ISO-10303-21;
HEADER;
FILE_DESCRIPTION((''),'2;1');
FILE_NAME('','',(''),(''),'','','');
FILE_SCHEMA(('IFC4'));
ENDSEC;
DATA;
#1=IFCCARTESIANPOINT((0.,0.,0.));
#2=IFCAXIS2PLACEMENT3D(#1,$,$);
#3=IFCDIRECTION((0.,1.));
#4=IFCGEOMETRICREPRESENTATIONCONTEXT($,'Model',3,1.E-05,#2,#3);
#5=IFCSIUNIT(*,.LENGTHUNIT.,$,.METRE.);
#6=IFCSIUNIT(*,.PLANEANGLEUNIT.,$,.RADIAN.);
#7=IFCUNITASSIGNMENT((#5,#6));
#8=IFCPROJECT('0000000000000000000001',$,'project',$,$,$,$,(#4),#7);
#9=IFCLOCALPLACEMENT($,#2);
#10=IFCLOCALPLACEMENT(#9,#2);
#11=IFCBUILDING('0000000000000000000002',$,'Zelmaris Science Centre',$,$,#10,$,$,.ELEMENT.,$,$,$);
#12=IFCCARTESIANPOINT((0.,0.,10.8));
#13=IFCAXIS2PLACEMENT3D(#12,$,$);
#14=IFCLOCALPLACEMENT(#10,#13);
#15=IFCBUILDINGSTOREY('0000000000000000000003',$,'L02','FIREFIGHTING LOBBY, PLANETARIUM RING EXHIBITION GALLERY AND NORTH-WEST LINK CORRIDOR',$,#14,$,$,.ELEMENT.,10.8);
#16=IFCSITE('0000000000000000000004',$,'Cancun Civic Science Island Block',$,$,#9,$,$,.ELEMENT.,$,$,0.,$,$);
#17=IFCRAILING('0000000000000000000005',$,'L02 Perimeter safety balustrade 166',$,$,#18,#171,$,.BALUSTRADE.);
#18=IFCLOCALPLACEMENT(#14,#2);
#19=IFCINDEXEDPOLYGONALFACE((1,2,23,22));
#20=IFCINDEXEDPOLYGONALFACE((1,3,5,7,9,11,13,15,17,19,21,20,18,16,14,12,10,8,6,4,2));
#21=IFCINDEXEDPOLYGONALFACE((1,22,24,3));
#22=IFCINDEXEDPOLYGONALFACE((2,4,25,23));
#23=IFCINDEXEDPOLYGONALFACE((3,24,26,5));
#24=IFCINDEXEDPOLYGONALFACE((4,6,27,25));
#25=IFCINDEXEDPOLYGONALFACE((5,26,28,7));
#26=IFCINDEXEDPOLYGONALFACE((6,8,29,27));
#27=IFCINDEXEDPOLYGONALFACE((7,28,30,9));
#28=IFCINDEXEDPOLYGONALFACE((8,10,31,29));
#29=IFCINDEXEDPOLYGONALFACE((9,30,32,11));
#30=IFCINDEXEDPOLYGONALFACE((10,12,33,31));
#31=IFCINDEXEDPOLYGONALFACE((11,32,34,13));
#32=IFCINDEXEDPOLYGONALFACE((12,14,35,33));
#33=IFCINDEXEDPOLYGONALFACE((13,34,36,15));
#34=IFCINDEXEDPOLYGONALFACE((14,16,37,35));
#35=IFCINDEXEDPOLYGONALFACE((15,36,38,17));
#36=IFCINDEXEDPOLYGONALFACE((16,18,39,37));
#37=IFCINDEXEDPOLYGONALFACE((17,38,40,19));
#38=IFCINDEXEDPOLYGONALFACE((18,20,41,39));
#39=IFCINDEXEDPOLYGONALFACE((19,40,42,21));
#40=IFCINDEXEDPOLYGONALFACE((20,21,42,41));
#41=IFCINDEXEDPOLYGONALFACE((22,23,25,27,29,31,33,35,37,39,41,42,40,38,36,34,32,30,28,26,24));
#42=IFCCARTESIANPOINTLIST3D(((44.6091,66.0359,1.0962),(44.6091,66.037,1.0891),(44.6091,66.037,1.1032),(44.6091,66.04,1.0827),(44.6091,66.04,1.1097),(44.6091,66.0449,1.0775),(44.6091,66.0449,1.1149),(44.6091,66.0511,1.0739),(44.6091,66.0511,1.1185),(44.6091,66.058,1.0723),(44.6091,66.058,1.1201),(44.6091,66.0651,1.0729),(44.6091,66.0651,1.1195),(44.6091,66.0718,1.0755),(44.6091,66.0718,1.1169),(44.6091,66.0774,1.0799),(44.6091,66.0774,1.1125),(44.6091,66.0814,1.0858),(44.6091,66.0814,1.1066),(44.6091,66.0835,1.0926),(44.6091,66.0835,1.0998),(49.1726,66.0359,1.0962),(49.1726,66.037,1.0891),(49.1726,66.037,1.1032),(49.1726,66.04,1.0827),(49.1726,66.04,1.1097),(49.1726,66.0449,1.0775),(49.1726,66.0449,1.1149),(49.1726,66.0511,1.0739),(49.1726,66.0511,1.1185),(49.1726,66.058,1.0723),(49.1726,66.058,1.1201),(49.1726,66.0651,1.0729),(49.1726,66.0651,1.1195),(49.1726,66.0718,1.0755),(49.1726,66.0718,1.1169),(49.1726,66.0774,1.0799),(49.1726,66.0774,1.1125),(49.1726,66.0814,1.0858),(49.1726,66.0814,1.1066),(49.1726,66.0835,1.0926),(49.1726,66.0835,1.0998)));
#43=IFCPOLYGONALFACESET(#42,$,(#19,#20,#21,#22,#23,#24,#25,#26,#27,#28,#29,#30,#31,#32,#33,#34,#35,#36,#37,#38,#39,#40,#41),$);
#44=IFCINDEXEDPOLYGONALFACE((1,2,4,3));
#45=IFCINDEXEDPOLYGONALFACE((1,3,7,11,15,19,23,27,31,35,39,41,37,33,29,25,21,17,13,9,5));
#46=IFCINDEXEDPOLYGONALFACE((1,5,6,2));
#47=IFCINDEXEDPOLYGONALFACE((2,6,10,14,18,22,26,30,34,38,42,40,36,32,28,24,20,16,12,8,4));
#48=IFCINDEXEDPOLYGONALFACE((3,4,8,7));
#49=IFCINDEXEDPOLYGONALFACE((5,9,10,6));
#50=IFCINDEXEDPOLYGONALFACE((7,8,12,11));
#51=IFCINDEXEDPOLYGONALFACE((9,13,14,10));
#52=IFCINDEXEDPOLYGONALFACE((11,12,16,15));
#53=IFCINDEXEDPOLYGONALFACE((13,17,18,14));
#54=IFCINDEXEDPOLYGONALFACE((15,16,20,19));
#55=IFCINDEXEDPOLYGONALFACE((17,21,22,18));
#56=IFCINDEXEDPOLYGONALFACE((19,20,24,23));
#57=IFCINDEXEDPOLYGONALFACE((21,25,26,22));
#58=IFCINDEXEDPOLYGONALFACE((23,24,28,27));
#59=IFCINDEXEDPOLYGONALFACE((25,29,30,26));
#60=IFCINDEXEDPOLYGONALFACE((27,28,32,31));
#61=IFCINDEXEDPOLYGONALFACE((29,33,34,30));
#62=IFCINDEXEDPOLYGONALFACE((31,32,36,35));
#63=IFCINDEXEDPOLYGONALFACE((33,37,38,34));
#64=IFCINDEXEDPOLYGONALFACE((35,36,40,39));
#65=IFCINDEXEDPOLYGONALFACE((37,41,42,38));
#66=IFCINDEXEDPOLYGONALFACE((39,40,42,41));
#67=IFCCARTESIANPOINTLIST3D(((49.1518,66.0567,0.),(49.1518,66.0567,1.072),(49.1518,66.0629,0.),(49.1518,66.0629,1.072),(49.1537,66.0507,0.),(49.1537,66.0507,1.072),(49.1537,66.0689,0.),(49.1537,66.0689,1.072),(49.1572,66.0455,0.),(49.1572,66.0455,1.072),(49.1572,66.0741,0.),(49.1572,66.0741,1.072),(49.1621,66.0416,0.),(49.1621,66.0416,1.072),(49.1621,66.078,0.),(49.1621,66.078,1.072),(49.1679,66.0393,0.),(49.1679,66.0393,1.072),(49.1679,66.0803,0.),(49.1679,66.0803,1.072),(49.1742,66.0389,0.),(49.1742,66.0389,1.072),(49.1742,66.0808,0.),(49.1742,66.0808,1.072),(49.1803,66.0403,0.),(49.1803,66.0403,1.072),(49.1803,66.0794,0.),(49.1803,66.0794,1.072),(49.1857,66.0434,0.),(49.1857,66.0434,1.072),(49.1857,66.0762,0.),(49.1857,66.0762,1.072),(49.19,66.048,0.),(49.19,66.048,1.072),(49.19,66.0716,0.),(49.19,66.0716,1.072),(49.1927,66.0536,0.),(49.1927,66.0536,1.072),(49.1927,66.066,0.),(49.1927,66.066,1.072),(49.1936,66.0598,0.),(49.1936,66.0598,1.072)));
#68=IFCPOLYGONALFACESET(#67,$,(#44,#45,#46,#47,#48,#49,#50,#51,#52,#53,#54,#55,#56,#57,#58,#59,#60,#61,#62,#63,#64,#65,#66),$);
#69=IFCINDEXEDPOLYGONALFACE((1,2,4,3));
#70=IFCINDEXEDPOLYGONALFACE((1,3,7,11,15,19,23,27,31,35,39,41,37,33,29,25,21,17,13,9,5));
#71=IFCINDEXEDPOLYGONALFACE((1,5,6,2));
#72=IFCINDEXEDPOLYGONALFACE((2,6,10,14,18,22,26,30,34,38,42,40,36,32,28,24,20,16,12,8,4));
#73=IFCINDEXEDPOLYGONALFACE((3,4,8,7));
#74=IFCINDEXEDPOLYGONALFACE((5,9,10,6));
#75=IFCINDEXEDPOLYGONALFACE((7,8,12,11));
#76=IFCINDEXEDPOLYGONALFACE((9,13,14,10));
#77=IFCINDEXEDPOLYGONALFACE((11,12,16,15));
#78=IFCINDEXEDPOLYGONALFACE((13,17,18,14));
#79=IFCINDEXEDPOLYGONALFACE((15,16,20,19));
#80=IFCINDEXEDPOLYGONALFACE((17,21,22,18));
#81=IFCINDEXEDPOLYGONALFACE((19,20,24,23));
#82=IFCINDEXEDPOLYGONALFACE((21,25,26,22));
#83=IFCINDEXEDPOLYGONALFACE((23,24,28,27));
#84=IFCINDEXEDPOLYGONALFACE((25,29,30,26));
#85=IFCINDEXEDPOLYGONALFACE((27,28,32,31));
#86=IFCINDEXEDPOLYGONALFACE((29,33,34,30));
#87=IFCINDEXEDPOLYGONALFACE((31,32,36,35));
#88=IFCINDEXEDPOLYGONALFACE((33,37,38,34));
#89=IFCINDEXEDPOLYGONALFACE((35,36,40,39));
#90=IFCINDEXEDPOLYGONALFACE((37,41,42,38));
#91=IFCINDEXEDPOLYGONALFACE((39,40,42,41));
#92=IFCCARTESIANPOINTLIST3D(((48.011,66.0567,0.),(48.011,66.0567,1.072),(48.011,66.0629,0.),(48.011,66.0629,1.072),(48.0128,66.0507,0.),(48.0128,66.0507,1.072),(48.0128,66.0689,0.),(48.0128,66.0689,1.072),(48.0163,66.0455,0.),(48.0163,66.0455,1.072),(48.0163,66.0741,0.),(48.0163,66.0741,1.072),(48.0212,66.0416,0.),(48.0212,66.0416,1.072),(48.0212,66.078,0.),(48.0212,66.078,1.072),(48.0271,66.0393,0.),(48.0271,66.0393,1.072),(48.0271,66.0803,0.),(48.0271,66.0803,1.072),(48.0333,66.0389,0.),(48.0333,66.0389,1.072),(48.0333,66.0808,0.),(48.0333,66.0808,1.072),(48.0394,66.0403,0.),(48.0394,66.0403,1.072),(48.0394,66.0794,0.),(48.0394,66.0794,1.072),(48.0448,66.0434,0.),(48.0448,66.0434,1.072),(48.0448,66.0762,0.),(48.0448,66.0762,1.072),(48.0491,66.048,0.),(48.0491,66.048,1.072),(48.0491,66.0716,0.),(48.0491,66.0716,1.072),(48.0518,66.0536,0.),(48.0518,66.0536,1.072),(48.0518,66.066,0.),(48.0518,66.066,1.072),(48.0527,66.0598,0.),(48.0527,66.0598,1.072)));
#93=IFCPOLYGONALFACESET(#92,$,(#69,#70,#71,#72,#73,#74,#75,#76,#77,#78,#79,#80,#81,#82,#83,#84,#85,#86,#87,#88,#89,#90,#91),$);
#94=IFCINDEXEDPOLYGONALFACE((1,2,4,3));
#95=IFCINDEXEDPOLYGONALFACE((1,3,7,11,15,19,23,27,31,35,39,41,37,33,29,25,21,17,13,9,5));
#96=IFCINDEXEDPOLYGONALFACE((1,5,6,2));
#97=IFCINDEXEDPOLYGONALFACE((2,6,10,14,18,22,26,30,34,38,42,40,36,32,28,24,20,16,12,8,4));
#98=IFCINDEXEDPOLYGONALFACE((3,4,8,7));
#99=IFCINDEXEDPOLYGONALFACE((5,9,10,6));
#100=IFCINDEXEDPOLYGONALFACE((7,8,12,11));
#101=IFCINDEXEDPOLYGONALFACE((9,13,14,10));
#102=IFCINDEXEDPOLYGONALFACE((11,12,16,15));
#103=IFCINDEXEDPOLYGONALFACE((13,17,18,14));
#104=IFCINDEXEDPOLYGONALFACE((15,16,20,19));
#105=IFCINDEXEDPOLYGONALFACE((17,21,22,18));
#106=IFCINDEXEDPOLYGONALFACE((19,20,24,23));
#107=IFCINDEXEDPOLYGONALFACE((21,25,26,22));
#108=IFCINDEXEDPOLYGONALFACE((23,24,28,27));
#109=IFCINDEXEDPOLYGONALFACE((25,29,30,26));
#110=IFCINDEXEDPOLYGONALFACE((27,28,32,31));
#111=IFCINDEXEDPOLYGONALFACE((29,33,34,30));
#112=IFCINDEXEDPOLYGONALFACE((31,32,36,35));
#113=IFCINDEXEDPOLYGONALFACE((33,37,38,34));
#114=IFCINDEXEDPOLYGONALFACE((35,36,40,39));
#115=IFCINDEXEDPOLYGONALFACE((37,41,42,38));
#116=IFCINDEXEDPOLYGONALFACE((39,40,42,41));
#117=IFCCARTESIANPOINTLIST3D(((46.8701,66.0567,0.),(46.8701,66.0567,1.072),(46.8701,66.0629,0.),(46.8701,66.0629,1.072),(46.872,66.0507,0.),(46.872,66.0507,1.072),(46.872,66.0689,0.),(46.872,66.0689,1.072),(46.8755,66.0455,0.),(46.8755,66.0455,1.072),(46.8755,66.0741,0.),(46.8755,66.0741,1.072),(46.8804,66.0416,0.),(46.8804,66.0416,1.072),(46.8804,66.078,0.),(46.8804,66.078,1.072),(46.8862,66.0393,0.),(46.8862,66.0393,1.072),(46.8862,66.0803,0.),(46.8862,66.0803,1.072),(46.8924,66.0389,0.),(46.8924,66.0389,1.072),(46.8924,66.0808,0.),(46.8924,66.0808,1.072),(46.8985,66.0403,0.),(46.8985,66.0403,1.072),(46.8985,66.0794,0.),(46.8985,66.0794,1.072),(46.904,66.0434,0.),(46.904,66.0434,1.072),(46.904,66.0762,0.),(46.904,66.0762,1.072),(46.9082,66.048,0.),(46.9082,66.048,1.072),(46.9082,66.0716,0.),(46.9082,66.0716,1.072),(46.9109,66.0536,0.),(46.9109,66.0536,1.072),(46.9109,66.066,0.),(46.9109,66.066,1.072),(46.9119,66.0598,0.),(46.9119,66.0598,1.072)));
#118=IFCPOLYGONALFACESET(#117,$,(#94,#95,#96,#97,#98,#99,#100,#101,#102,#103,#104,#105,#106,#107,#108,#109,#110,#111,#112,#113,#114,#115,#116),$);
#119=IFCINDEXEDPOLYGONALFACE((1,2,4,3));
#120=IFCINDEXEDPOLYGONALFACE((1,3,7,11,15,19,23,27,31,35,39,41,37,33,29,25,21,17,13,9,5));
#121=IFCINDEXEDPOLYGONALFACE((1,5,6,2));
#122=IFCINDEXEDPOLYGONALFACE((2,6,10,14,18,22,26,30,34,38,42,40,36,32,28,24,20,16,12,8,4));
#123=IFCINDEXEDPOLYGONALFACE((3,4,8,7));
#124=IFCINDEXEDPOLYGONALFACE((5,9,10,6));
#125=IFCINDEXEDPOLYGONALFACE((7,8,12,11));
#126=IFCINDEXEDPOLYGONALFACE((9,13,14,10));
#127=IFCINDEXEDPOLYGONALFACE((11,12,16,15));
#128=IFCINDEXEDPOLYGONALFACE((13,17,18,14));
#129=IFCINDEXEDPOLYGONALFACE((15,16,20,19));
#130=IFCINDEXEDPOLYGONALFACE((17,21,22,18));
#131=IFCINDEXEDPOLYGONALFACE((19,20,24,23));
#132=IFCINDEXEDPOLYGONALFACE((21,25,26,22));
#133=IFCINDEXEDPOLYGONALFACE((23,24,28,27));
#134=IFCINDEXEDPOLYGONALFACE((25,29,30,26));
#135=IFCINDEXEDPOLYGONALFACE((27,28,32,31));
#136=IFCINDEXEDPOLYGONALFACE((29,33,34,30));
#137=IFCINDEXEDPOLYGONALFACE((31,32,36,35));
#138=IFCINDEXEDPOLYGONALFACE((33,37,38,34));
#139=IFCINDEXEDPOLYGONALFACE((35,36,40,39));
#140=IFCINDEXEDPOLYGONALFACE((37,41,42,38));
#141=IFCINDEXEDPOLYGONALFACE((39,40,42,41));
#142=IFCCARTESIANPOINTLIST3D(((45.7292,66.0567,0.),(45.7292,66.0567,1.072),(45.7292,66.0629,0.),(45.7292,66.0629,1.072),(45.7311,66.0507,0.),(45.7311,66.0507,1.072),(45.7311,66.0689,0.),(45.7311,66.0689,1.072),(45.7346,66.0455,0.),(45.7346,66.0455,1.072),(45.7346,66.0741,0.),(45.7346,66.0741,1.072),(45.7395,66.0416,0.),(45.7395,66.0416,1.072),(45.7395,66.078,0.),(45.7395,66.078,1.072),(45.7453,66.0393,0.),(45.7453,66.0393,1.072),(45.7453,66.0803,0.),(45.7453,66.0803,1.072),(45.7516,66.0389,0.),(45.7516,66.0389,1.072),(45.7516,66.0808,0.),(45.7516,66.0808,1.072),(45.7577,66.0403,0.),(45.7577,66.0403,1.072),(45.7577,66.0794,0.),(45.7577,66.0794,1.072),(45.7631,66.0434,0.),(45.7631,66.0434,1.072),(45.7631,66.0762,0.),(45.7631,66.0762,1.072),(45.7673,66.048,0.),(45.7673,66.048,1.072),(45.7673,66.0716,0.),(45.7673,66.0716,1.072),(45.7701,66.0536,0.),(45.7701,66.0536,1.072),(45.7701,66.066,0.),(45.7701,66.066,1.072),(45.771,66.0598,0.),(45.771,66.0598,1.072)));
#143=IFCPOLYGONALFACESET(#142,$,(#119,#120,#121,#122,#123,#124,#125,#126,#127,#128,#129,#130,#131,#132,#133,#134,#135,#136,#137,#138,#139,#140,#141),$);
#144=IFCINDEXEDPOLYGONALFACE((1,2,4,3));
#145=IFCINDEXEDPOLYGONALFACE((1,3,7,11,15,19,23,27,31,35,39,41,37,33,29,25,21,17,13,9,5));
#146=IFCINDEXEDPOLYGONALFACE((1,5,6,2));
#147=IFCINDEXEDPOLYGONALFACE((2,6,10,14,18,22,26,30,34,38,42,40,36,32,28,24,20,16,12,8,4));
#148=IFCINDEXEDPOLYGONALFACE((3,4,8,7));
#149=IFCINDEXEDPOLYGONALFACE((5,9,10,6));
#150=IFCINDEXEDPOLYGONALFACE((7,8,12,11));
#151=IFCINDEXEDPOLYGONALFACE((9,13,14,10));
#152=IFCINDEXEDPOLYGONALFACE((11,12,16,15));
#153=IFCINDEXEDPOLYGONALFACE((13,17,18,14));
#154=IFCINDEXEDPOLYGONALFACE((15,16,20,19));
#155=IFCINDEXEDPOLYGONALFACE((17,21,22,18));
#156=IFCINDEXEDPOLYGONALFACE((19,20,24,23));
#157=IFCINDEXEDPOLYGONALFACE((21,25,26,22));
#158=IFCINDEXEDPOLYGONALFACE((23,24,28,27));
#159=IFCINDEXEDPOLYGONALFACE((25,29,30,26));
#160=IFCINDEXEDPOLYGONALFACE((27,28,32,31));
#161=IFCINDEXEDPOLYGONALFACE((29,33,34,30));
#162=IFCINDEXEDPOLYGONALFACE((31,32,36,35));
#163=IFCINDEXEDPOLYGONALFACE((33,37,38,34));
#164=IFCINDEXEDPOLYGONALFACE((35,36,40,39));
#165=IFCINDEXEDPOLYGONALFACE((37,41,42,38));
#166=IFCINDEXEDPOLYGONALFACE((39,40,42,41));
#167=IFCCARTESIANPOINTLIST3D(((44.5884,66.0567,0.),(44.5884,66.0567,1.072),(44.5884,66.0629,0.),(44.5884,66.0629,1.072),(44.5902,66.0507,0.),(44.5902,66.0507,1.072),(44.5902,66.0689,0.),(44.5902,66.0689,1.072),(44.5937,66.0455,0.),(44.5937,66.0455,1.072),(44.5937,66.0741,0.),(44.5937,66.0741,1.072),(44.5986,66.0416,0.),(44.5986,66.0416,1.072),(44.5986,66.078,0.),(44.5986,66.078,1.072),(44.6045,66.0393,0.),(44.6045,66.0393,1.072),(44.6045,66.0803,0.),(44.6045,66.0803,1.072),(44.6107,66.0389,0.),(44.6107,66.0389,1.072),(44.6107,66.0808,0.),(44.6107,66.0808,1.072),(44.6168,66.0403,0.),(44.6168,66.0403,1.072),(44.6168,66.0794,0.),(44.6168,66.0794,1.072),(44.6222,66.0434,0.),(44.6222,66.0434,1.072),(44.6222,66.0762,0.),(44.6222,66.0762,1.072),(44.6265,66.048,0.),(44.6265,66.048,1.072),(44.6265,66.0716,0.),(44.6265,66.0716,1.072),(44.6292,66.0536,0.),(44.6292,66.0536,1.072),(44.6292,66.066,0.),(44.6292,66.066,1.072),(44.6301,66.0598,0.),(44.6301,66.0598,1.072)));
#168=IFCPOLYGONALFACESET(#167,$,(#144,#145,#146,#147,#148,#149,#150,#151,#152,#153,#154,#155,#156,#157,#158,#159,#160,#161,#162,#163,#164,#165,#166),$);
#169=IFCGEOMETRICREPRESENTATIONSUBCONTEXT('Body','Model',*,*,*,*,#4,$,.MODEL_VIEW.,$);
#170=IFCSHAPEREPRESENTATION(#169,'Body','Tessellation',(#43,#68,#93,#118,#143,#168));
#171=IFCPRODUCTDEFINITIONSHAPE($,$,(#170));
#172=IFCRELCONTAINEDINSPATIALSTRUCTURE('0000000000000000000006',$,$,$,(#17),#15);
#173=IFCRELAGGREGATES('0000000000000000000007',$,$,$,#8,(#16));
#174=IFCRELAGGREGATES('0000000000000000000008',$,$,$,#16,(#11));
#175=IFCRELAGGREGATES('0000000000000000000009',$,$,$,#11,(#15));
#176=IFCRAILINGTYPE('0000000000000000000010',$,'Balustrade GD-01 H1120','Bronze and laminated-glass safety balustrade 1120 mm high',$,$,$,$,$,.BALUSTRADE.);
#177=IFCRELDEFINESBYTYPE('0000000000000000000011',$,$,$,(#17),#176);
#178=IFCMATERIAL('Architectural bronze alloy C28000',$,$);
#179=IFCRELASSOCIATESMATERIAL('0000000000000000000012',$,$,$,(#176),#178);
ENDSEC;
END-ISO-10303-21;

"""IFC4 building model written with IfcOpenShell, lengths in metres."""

from ifc_helpers import new_model, si_unit, direction, frame, origin, origin_2d, place, context, subcontext, project, spatial, circle, extrude, material, type_object, element, save


model = new_model("IFC4")

# Units and contexts
model_context = context("Model", 3, precision=1e-05, world=origin(), true_north=direction((0.0, 1.0)))
body_context = subcontext(model_context, "Body", "Model", "MODEL_VIEW")
ifc_project = project(units=[si_unit("LENGTHUNIT", "METRE"), si_unit("PLANEANGLEUNIT", "RADIAN")], contexts=[model_context])

# Site, building, storey
site_placement = place(None, origin())
site = spatial("IfcSite", under=ifc_project, at=site_placement, Name="Cancun Civic Science Island Block", CompositionType="ELEMENT", RefElevation=0.0)
building_placement = place(site_placement, origin())
building = spatial("IfcBuilding", under=site, at=building_placement, Name="Zelmaris Science Centre", CompositionType="ELEMENT")
storey_placement = place(building_placement, frame((0.0, 0.0, 10.8)))
storey = spatial("IfcBuildingStorey", under=building, at=storey_placement, Name="L02", Description="FIREFIGHTING LOBBY, PLANETARIUM RING EXHIBITION GALLERY AND NORTH-WEST LINK CORRIDOR", CompositionType="ELEMENT", Elevation=10.8)

# Railing
ifc_material_1 = material(Name="Architectural bronze alloy C28000")
railing_type = type_object("IfcRailingType", Name="Balustrade GD-01 H1120", Description="Bronze and laminated-glass safety balustrade 1120 mm high", PredefinedType="BALUSTRADE", material=ifc_material_1)
railing_1_placement = place(storey_placement, frame((49.1726, 66.0598, 0.0)))
element("IfcRailing", 1, at=railing_1_placement, inside=storey, type_object=railing_type, Name="L02 Perimeter safety balustrade 166", PredefinedType="BALUSTRADE", context=body_context, shape_type="SweptSolid", body=[
    extrude(circle(Radius=0.0239, at=origin_2d()), frame((0.0, 0.0, 1.0962), z_axis=(-1.0, 0.0, 0.0), x_axis=(0.0, -1.0, 0.0)), (0.0, 0.0, 1.0), 4.5635),
    extrude(circle(Radius=0.021, at=origin_2d()), origin(), (0.0, 0.0, 1.0), 1.072),
    extrude(circle(Radius=0.021, at=origin_2d()), frame((-1.1409, 0.0, 0.0)), (0.0, 0.0, 1.0), 1.072),
    extrude(circle(Radius=0.021, at=origin_2d()), frame((-2.2817, 0.0, 0.0)), (0.0, 0.0, 1.0), 1.072),
    extrude(circle(Radius=0.021, at=origin_2d()), frame((-3.4226, 0.0, 0.0)), (0.0, 0.0, 1.0), 1.072),
    extrude(circle(Radius=0.021, at=origin_2d()), frame((-4.5635, 0.0, 0.0)), (0.0, 0.0, 1.0), 1.072),
])

save(model, "model.ifc")
